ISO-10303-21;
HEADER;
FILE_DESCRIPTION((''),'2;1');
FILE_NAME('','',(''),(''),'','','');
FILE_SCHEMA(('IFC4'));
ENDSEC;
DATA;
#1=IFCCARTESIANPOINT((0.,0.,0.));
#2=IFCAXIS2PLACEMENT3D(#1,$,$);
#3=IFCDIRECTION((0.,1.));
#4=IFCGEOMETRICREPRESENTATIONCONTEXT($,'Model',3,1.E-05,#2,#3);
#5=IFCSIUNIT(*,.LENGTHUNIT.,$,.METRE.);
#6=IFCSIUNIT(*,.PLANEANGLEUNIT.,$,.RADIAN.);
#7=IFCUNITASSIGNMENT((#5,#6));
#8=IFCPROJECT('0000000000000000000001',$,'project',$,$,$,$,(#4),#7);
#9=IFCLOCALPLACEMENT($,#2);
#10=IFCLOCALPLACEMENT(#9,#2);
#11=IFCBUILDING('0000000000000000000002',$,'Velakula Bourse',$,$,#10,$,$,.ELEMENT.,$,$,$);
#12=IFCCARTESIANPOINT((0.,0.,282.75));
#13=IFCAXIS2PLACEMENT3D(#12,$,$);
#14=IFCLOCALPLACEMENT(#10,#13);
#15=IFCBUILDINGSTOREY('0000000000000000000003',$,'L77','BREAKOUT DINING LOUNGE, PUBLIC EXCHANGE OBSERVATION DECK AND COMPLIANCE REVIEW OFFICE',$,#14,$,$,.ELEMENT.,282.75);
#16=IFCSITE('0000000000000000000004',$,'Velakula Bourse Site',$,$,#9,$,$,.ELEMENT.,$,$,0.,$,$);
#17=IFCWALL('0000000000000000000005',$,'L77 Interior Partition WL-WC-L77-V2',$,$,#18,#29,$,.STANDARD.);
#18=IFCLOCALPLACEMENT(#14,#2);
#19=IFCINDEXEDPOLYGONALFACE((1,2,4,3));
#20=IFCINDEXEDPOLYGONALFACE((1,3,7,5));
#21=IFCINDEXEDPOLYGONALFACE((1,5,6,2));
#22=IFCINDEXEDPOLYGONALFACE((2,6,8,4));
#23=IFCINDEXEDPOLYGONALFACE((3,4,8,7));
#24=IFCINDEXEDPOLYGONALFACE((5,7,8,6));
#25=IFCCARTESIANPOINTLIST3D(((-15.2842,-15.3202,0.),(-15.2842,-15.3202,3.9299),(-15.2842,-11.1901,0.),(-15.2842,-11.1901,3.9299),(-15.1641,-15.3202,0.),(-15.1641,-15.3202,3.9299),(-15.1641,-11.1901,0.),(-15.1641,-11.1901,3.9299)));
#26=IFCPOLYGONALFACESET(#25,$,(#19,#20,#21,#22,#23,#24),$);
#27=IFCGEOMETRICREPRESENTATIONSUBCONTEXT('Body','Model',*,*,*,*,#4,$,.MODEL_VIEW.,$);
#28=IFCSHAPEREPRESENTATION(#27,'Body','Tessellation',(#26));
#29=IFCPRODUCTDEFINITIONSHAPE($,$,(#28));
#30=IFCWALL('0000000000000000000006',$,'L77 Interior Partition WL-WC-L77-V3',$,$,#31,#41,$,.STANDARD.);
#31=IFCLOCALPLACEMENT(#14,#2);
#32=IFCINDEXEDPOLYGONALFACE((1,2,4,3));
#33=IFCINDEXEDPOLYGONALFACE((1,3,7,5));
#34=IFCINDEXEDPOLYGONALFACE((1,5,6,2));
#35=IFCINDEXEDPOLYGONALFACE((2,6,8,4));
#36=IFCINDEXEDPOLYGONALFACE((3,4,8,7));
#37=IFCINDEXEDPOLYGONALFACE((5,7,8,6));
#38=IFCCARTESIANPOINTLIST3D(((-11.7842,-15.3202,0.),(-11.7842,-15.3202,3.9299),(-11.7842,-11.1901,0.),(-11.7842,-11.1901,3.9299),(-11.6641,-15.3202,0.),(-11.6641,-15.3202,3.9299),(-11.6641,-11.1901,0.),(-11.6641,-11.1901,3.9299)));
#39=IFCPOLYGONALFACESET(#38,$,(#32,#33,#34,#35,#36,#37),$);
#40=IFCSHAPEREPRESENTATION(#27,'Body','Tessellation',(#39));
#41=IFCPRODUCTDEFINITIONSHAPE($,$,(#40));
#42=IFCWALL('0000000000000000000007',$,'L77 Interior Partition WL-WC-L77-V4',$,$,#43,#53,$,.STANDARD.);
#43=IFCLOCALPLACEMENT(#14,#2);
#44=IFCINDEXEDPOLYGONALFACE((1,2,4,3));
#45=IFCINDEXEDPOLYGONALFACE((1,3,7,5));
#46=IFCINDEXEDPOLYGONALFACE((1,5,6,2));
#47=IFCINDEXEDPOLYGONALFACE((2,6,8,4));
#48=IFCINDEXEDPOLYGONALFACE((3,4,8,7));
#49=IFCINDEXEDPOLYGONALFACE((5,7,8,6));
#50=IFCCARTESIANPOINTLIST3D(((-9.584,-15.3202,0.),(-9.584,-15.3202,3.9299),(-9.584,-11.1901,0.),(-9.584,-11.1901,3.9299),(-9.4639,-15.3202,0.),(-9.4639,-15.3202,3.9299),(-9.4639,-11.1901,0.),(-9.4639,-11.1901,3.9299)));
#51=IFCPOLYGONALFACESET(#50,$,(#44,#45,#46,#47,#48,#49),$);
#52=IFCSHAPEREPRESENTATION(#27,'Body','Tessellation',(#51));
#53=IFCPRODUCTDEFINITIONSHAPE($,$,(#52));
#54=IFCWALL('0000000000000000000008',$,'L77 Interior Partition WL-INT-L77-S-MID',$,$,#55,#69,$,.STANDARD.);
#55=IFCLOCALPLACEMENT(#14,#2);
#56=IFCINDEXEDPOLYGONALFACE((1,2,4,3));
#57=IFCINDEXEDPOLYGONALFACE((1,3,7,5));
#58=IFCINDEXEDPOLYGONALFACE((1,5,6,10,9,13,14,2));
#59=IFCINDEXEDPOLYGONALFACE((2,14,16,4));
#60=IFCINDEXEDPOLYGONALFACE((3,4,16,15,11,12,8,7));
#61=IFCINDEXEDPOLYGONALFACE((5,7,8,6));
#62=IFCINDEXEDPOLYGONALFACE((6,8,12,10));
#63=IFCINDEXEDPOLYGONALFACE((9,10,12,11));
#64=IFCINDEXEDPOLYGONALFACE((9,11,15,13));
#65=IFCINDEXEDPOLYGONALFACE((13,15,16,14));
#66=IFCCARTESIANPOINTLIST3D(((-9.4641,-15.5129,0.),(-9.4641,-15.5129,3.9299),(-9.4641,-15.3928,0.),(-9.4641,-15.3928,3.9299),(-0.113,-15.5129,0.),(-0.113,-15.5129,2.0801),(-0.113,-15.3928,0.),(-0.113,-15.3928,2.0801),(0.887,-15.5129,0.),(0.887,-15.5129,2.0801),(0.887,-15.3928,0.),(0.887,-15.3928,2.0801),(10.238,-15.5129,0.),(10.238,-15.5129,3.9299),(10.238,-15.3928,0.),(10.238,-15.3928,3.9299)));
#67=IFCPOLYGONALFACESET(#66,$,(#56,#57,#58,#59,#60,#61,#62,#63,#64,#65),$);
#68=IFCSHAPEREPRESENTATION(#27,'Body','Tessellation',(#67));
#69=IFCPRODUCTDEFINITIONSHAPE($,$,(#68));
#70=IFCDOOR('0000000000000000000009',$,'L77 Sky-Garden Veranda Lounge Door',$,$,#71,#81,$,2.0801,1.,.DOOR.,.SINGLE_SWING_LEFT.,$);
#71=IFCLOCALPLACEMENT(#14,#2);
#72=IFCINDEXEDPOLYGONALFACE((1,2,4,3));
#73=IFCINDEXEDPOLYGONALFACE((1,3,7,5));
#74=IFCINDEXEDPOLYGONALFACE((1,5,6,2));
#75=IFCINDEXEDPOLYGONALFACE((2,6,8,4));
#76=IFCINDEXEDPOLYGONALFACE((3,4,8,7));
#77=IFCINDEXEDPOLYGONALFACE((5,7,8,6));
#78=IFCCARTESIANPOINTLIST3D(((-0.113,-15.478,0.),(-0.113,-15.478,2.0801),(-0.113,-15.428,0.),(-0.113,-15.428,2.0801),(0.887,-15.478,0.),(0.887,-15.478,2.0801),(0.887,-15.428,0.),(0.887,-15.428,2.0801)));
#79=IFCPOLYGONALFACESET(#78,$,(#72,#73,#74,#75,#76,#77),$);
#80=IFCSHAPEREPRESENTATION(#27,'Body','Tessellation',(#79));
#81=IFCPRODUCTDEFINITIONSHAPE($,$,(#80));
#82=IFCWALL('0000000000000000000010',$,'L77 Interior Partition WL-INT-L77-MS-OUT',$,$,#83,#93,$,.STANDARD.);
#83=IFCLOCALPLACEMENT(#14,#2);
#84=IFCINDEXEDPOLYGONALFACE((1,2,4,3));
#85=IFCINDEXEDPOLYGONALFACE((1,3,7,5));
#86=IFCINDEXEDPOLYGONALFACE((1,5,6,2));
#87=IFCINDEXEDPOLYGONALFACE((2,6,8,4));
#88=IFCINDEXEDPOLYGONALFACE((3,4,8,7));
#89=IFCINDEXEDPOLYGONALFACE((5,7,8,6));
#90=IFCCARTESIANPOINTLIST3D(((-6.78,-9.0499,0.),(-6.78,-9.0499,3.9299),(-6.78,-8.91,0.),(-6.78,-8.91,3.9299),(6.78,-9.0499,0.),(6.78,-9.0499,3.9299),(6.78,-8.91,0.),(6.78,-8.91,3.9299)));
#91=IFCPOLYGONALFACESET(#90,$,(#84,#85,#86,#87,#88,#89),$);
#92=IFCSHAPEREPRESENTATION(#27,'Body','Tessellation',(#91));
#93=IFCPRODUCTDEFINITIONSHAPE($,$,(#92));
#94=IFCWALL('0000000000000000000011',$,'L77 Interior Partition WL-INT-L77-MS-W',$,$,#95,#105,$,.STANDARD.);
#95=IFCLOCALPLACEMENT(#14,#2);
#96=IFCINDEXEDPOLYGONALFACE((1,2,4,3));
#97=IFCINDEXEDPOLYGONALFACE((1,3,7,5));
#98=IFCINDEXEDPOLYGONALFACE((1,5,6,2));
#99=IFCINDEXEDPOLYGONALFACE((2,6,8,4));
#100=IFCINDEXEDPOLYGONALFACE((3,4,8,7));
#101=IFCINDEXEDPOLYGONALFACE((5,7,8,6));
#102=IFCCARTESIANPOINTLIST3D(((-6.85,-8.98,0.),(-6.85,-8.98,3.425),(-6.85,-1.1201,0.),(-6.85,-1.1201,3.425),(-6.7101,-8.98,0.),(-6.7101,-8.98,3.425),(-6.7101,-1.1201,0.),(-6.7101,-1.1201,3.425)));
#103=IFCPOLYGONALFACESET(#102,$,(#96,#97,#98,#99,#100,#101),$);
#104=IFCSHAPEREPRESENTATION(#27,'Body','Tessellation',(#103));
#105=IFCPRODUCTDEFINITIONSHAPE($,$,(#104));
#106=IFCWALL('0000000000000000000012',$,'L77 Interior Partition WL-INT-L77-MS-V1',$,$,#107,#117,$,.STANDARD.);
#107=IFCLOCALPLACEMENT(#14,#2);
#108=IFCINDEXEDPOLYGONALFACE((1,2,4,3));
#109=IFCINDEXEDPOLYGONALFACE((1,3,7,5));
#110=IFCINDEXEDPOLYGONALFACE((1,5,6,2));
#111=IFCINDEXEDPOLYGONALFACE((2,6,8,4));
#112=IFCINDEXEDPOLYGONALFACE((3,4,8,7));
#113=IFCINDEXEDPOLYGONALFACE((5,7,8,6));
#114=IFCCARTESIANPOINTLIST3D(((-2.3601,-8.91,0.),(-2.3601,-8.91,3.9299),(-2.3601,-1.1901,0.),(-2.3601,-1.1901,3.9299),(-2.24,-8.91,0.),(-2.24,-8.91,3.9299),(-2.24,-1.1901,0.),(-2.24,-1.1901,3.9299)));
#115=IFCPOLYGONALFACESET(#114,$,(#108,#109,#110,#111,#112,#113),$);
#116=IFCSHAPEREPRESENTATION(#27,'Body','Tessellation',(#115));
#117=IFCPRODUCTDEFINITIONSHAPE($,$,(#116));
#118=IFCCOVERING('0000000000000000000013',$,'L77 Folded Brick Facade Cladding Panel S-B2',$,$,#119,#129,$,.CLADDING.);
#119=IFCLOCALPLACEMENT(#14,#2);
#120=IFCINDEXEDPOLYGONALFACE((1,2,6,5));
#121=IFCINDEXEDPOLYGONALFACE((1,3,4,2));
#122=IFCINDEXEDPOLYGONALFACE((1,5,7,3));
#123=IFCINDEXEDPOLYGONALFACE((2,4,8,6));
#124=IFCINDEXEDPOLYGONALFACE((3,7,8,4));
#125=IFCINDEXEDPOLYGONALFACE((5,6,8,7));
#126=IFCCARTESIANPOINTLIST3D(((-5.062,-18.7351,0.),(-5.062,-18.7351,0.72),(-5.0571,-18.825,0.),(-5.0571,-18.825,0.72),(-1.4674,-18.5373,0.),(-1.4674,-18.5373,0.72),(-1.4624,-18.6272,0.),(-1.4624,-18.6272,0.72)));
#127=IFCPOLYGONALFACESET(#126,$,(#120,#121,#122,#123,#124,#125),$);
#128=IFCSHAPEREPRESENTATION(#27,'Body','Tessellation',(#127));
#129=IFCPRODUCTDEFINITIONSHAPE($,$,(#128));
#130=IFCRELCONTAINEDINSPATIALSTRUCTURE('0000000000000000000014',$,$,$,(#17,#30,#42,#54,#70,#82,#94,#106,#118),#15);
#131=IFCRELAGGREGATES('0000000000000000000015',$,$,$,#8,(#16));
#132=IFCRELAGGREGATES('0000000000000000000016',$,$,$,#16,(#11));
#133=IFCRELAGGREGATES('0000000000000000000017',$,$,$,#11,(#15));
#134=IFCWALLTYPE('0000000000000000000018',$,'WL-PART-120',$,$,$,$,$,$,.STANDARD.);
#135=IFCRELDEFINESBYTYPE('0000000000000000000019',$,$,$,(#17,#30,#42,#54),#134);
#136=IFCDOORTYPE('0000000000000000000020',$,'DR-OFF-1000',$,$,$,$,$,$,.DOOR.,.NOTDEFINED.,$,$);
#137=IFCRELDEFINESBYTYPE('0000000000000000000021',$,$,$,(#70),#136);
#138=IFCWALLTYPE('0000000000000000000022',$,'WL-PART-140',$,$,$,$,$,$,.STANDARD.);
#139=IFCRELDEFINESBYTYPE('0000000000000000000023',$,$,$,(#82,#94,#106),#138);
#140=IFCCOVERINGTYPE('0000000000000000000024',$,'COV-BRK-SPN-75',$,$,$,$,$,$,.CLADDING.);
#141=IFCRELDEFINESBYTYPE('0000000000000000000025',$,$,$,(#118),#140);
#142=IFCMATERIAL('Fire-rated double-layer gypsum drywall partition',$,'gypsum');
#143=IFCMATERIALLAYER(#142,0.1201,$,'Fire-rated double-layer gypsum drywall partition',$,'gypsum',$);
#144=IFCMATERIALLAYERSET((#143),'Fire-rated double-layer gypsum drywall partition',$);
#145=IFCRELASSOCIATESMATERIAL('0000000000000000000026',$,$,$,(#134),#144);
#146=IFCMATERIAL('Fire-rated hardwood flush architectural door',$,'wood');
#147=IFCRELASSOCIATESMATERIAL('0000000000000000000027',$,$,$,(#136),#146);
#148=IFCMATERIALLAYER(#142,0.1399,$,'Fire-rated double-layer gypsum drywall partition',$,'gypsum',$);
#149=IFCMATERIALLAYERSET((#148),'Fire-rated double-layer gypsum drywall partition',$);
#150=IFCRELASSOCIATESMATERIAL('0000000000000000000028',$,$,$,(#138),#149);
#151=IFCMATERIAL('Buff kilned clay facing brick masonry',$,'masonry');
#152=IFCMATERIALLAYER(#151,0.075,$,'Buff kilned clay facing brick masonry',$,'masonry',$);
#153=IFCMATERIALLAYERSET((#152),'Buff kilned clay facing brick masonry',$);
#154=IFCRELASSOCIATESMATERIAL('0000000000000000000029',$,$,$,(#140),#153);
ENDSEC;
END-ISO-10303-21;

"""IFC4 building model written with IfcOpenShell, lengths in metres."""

from ifc_helpers import new_model, si_unit, direction, frame, frame_2d, origin, origin_2d, place, context, subcontext, project, spatial, rectangle, extrude, material, layer, layer_set, type_object, element, fill, save


model = new_model("IFC4")

# Units and contexts
model_context = context("Model", 3, precision=1e-05, world=origin(), true_north=direction((0.0, 1.0)))
body_context = subcontext(model_context, "Body", "Model", "MODEL_VIEW")
ifc_project = project(units=[si_unit("LENGTHUNIT", "METRE"), si_unit("PLANEANGLEUNIT", "RADIAN")], contexts=[model_context])

# Site, building, storey
site_placement = place(None, origin())
site = spatial("IfcSite", under=ifc_project, at=site_placement, Name="Velakula Bourse Site", CompositionType="ELEMENT", RefElevation=0.0)
building_placement = place(site_placement, origin())
building = spatial("IfcBuilding", under=site, at=building_placement, Name="Velakula Bourse", CompositionType="ELEMENT")
storey_placement = place(building_placement, frame((0.0, 0.0, 282.75)))
storey = spatial("IfcBuildingStorey", under=building, at=storey_placement, Name="L77", Description="BREAKOUT DINING LOUNGE, PUBLIC EXCHANGE OBSERVATION DECK AND COMPLIANCE REVIEW OFFICE", CompositionType="ELEMENT", Elevation=282.75)

# Shared definitions
ifc_material_1 = material(Name="Buff kilned clay facing brick masonry", Category="masonry")

# Walls
ifc_material_2 = material(Name="Fire-rated double-layer gypsum drywall partition", Category="gypsum")
ifc_layer_1 = layer(ifc_material_2, 0.1201, Name="Fire-rated double-layer gypsum drywall partition", Category="gypsum")
ifc_layer_set_1 = layer_set([ifc_layer_1], Name="Fire-rated double-layer gypsum drywall partition")
wall_type_1 = type_object("IfcWallType", Name="WL-PART-120", PredefinedType="STANDARD", material=ifc_layer_set_1)
for number, where, z_axis, x_axis, name in (
    (1, (-15.2241, -15.3201, 0.0), (0.0, 0.0, 1.0), (0.0, 1.0, 0.0), "L77 Interior Partition WL-WC-L77-V2"),
    (2, (-11.7241, -15.3201, 0.0), (0.0, 0.0, 1.0), (0.0, 1.0, 0.0), "L77 Interior Partition WL-WC-L77-V3"),
    (3, (-9.5239, -15.3201, 0.0), (0.0, 0.0, 1.0), (0.0, 1.0, 0.0), "L77 Interior Partition WL-WC-L77-V4"),
):
    element("IfcWall", number, at=place(storey_placement, frame(where, z_axis=z_axis, x_axis=x_axis)), inside=storey, type_object=wall_type_1, Name=name, PredefinedType="STANDARD", context=body_context, shape_type="SweptSolid", body=[
        extrude(rectangle(XDim=4.1301, YDim=0.1201, at=frame_2d((2.0649, 0.0))), origin(), (0.0, 0.0, 1.0), 3.9299),
    ])

# Wall, opening, door
wall_1_placement = place(storey_placement, frame((-9.4641, -15.4529, 0.0), z_axis=(0.0, 0.0, 1.0), x_axis=(1.0, 0.0, 0.0)))
wall_1 = element("IfcWall", 4, at=wall_1_placement, inside=storey, type_object=wall_type_1, Name="L77 Interior Partition WL-INT-L77-S-MID", PredefinedType="STANDARD", context=body_context, shape_type="SweptSolid", body=[
    extrude(rectangle(XDim=19.7021, YDim=0.1201, at=frame_2d((9.8511, 0.0))), origin(), (0.0, 0.0, 1.0), 3.9299),
])
opening_1_placement = place(wall_1_placement, frame((9.3511, 0.0, 0.0)))
opening_1 = element("IfcOpeningElement", 5, at=opening_1_placement, cuts=wall_1, PredefinedType="OPENING", context=body_context, shape_type="SweptSolid", body=[
    extrude(rectangle(XDim=1.0, YDim=2.0801, at=frame_2d((0.5, 1.04))), frame((0.0, 0.0701, 0.0), z_axis=(0.0, -1.0, 0.0), x_axis=(1.0, 0.0, 0.0)), (0.0, 0.0, 1.0), 0.1401),
])
ifc_material_3 = material(Name="Fire-rated hardwood flush architectural door", Category="wood")
door_type = type_object("IfcDoorType", Name="DR-OFF-1000", OperationType="NOTDEFINED", PredefinedType="DOOR", material=ifc_material_3)
door_placement = place(opening_1_placement, origin())
door = element("IfcDoor", 6, at=door_placement, inside=storey, type_object=door_type, Name="L77 Sky-Garden Veranda Lounge Door", OperationType="SINGLE_SWING_LEFT", OverallHeight=2.0801, OverallWidth=1.0, PredefinedType="DOOR", context=body_context, shape_type="SweptSolid", body=[
    extrude(rectangle(XDim=1.0, YDim=2.0801, at=frame_2d((0.5, 1.04))), frame((0.0, 0.0249, 0.0), z_axis=(0.0, -1.0, 0.0), x_axis=(1.0, 0.0, 0.0)), (0.0, 0.0, 1.0), 0.05),
])
fill(opening_1, door)

# Walls
ifc_layer_2 = layer(ifc_material_2, 0.1399, Name="Fire-rated double-layer gypsum drywall partition", Category="gypsum")
ifc_layer_set_2 = layer_set([ifc_layer_2], Name="Fire-rated double-layer gypsum drywall partition")
wall_type_2 = type_object("IfcWallType", Name="WL-PART-140", PredefinedType="STANDARD", material=ifc_layer_set_2)
wall_2_placement = place(storey_placement, frame((-6.78, -8.98, 0.0), z_axis=(0.0, 0.0, 1.0), x_axis=(1.0, 0.0, 0.0)))
element("IfcWall", 7, at=wall_2_placement, inside=storey, type_object=wall_type_2, Name="L77 Interior Partition WL-INT-L77-MS-OUT", PredefinedType="STANDARD", context=body_context, shape_type="SweptSolid", body=[
    extrude(rectangle(XDim=13.5601, YDim=0.1399, at=frame_2d((6.78, 0.0))), origin(), (0.0, 0.0, 1.0), 3.9299),
])
wall_3_placement = place(storey_placement, frame((-6.78, -8.98, 0.0), z_axis=(0.0, 0.0, 1.0), x_axis=(0.0, 1.0, 0.0)))
element("IfcWall", 8, at=wall_3_placement, inside=storey, type_object=wall_type_2, Name="L77 Interior Partition WL-INT-L77-MS-W", PredefinedType="STANDARD", context=body_context, shape_type="SweptSolid", body=[
    extrude(rectangle(XDim=7.8599, YDim=0.1399, at=frame_2d((3.9299, 0.0))), origin(), (0.0, 0.0, 1.0), 3.425),
])
wall_4_placement = place(storey_placement, frame((-2.3, -8.9099, 0.0), z_axis=(0.0, 0.0, 1.0), x_axis=(0.0, 1.0, 0.0)))
element("IfcWall", 9, at=wall_4_placement, inside=storey, type_object=wall_type_2, Name="L77 Interior Partition WL-INT-L77-MS-V1", PredefinedType="STANDARD", context=body_context, shape_type="SweptSolid", body=[
    extrude(rectangle(XDim=7.72, YDim=0.1201, at=frame_2d((3.8599, 0.0))), origin(), (0.0, 0.0, 1.0), 3.9299),
])

# Covering
ifc_layer_3 = layer(ifc_material_1, 0.075, Name="Buff kilned clay facing brick masonry", Category="masonry")
ifc_layer_set_3 = layer_set([ifc_layer_3], Name="Buff kilned clay facing brick masonry")
covering_type = type_object("IfcCoveringType", Name="COV-BRK-SPN-75", PredefinedType="CLADDING", material=ifc_layer_set_3)
covering_placement = place(storey_placement, frame((-3.2622, -18.6812, 0.0), z_axis=(0.0, 0.0, 1.0), x_axis=(0.998489, 0.05495, 0.0)))
element("IfcCovering", 10, at=covering_placement, inside=storey, type_object=covering_type, Name="L77 Folded Brick Facade Cladding Panel S-B2", PredefinedType="CLADDING", context=body_context, shape_type="SweptSolid", body=[
    extrude(rectangle(XDim=3.6001, YDim=0.0901, at=origin_2d()), origin(), (0.0, 0.0, 1.0), 0.72),
])

save(model, "model.ifc")
